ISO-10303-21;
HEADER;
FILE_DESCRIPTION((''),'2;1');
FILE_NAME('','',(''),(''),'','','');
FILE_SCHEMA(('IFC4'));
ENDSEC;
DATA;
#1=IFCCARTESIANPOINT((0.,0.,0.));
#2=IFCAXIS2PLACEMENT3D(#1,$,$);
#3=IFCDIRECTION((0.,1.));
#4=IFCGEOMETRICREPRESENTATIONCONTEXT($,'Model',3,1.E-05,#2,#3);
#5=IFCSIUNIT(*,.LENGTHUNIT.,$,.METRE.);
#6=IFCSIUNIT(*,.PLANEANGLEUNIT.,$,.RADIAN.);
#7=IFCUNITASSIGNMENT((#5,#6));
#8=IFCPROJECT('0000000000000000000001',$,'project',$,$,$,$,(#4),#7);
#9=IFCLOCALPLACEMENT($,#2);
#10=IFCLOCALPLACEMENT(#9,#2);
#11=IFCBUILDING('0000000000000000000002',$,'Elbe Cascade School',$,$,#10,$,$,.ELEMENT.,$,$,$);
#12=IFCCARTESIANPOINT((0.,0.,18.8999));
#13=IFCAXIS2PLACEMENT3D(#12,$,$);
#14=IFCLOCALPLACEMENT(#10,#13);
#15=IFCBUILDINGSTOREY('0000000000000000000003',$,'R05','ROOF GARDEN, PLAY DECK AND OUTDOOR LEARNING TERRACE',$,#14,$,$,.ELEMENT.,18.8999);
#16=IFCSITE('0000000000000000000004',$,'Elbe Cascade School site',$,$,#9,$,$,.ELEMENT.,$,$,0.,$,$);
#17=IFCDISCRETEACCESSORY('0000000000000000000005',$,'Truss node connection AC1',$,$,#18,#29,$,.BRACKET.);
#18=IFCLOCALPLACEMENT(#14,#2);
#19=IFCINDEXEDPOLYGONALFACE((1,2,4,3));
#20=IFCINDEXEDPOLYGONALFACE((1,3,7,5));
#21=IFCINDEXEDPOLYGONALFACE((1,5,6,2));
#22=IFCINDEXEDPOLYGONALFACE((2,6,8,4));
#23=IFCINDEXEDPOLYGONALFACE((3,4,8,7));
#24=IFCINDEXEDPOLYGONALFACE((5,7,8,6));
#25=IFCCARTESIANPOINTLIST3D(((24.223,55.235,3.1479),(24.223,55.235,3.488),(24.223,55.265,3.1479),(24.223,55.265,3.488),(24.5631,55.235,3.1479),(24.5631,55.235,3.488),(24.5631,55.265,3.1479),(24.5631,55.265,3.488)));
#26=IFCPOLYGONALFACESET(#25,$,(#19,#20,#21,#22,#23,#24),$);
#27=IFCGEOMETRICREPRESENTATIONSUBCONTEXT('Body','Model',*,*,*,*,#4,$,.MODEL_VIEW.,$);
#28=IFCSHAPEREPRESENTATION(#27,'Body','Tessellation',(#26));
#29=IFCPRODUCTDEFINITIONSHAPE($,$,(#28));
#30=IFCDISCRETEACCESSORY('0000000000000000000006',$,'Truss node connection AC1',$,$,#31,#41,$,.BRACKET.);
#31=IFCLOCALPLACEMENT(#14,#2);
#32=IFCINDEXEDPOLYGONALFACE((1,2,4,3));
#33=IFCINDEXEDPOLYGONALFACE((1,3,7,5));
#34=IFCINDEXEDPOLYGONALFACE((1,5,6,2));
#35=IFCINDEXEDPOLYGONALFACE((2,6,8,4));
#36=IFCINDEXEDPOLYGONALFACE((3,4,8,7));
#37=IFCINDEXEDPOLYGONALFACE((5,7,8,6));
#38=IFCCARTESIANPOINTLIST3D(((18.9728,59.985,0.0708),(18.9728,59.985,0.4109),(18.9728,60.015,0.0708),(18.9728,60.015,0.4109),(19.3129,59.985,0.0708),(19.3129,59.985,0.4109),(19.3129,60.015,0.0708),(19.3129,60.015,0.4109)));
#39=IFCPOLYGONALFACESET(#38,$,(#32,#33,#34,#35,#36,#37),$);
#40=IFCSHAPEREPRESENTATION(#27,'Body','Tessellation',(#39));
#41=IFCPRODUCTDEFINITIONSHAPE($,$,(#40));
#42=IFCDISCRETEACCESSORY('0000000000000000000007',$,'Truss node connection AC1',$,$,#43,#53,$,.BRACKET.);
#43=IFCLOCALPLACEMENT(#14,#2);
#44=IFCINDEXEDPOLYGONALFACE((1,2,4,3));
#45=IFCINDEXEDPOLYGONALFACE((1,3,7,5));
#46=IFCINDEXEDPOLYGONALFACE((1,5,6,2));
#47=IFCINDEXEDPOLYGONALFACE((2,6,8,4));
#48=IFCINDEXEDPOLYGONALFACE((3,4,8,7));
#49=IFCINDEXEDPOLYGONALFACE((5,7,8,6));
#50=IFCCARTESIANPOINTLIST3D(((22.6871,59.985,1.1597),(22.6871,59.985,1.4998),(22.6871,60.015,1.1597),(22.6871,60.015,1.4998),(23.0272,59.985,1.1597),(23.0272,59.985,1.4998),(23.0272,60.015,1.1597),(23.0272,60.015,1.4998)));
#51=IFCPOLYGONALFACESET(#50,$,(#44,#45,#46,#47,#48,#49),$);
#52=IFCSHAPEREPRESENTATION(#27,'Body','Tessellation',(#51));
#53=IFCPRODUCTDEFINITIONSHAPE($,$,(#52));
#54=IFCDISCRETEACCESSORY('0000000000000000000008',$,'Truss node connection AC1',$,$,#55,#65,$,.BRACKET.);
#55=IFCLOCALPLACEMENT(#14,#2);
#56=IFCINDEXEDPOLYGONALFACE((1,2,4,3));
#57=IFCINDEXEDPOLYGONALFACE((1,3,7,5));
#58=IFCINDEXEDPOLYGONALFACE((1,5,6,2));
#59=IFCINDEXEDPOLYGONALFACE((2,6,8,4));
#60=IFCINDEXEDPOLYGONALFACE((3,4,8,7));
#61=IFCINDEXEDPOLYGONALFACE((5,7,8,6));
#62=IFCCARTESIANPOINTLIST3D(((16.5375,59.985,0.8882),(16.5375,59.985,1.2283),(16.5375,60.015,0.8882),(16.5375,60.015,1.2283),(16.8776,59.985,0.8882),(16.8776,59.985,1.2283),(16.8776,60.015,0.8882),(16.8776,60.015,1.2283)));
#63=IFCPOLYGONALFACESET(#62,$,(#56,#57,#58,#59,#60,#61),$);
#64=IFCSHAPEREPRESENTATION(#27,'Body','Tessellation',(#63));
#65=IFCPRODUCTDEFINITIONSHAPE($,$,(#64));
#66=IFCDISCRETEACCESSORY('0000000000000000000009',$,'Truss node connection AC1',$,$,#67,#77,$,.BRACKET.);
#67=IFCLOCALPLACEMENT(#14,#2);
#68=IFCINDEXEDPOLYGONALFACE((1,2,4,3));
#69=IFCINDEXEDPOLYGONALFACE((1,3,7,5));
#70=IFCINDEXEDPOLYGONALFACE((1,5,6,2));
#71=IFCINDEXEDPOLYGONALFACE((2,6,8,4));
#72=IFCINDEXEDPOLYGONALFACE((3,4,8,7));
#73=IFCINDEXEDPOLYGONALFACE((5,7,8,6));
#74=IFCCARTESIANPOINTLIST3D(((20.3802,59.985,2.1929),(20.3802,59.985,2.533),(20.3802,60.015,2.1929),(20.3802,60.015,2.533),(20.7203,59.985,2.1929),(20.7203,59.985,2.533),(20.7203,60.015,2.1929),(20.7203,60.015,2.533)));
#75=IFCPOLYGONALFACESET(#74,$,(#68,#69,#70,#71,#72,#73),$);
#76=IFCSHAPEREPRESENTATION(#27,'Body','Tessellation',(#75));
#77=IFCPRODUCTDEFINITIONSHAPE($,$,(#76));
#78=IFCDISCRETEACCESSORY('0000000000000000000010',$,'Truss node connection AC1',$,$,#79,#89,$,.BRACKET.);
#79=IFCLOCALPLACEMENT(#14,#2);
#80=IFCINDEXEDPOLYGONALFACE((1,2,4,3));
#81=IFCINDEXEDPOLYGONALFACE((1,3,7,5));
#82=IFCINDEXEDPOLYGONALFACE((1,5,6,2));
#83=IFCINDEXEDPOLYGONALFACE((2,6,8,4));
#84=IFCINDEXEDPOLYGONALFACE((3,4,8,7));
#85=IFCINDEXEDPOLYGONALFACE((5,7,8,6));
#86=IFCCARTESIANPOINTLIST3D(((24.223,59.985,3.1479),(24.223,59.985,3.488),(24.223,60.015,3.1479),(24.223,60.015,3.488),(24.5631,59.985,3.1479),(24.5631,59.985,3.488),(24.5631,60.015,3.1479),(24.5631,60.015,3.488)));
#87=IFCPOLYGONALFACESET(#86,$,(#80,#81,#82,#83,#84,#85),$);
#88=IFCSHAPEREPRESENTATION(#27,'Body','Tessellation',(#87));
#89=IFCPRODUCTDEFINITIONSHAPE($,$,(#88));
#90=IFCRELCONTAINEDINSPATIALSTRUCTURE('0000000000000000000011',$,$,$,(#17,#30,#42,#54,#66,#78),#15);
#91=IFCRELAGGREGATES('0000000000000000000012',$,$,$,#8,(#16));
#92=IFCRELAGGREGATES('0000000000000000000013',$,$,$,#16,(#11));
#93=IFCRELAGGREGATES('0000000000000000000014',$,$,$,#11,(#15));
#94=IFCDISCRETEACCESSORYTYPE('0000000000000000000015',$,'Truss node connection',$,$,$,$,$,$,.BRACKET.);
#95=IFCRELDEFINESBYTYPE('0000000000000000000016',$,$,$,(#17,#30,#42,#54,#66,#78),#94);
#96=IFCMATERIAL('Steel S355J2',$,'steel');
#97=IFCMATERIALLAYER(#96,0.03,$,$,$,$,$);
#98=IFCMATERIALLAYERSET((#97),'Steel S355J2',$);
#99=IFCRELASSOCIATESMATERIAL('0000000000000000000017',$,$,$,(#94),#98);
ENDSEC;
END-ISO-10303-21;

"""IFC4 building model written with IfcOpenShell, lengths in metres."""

from ifc_helpers import new_model, si_unit, direction, frame, origin, origin_2d, place, context, subcontext, project, spatial, rectangle, extrude, material, layer, layer_set, type_object, element, save


model = new_model("IFC4")

# Units and contexts
model_context = context("Model", 3, precision=1e-05, world=origin(), true_north=direction((0.0, 1.0)))
body_context = subcontext(model_context, "Body", "Model", "MODEL_VIEW")
ifc_project = project(units=[si_unit("LENGTHUNIT", "METRE"), si_unit("PLANEANGLEUNIT", "RADIAN")], contexts=[model_context])

# Site, building, storey
site_placement = place(None, origin())
site = spatial("IfcSite", under=ifc_project, at=site_placement, Name="Elbe Cascade School site", CompositionType="ELEMENT", RefElevation=0.0)
building_placement = place(site_placement, origin())
building = spatial("IfcBuilding", under=site, at=building_placement, Name="Elbe Cascade School", CompositionType="ELEMENT")
storey_placement = place(building_placement, frame((0.0, 0.0, 18.8999)))
storey = spatial("IfcBuildingStorey", under=building, at=storey_placement, Name="R05", Description="ROOF GARDEN, PLAY DECK AND OUTDOOR LEARNING TERRACE", CompositionType="ELEMENT", Elevation=18.8999)

# Discrete accessories
ifc_material_1 = material(Name="Steel S355J2", Category="steel")
ifc_layer = layer(ifc_material_1, 0.03)
ifc_layer_set = layer_set([ifc_layer], Name="Steel S355J2")
discrete_accessory_type = type_object("IfcDiscreteAccessoryType", Name="Truss node connection", PredefinedType="BRACKET", material=ifc_layer_set)
for number, where, z_axis, x_axis, name in (
    (1, (24.3931, 55.25, 3.1479), (0.0, 0.0, 1.0), (1.0, 0.0, 0.0), "Truss node connection AC1"),
    (2, (19.1428, 60.0, 0.0708), (0.0, 0.0, 1.0), (1.0, 0.0, 0.0), "Truss node connection AC1"),
    (3, (22.8572, 60.0, 1.1597), (0.0, 0.0, 1.0), (1.0, 0.0, 0.0), "Truss node connection AC1"),
    (4, (16.7075, 60.0, 0.8882), (0.0, 0.0, 1.0), (1.0, 0.0, 0.0), "Truss node connection AC1"),
    (5, (20.5503, 60.0, 2.1929), (0.0, 0.0, 1.0), (1.0, 0.0, 0.0), "Truss node connection AC1"),
    (6, (24.3931, 60.0, 3.1479), (0.0, 0.0, 1.0), (1.0, 0.0, 0.0), "Truss node connection AC1"),
):
    element("IfcDiscreteAccessory", number, at=place(storey_placement, frame(where, z_axis=z_axis, x_axis=x_axis)), inside=storey, type_object=discrete_accessory_type, Name=name, PredefinedType="BRACKET", context=body_context, shape_type="SweptSolid", body=[
        extrude(rectangle(XDim=0.3401, YDim=0.03, at=origin_2d()), origin(), (0.0, 0.0, 1.0), 0.3401),
    ])

save(model, "model.ifc")
